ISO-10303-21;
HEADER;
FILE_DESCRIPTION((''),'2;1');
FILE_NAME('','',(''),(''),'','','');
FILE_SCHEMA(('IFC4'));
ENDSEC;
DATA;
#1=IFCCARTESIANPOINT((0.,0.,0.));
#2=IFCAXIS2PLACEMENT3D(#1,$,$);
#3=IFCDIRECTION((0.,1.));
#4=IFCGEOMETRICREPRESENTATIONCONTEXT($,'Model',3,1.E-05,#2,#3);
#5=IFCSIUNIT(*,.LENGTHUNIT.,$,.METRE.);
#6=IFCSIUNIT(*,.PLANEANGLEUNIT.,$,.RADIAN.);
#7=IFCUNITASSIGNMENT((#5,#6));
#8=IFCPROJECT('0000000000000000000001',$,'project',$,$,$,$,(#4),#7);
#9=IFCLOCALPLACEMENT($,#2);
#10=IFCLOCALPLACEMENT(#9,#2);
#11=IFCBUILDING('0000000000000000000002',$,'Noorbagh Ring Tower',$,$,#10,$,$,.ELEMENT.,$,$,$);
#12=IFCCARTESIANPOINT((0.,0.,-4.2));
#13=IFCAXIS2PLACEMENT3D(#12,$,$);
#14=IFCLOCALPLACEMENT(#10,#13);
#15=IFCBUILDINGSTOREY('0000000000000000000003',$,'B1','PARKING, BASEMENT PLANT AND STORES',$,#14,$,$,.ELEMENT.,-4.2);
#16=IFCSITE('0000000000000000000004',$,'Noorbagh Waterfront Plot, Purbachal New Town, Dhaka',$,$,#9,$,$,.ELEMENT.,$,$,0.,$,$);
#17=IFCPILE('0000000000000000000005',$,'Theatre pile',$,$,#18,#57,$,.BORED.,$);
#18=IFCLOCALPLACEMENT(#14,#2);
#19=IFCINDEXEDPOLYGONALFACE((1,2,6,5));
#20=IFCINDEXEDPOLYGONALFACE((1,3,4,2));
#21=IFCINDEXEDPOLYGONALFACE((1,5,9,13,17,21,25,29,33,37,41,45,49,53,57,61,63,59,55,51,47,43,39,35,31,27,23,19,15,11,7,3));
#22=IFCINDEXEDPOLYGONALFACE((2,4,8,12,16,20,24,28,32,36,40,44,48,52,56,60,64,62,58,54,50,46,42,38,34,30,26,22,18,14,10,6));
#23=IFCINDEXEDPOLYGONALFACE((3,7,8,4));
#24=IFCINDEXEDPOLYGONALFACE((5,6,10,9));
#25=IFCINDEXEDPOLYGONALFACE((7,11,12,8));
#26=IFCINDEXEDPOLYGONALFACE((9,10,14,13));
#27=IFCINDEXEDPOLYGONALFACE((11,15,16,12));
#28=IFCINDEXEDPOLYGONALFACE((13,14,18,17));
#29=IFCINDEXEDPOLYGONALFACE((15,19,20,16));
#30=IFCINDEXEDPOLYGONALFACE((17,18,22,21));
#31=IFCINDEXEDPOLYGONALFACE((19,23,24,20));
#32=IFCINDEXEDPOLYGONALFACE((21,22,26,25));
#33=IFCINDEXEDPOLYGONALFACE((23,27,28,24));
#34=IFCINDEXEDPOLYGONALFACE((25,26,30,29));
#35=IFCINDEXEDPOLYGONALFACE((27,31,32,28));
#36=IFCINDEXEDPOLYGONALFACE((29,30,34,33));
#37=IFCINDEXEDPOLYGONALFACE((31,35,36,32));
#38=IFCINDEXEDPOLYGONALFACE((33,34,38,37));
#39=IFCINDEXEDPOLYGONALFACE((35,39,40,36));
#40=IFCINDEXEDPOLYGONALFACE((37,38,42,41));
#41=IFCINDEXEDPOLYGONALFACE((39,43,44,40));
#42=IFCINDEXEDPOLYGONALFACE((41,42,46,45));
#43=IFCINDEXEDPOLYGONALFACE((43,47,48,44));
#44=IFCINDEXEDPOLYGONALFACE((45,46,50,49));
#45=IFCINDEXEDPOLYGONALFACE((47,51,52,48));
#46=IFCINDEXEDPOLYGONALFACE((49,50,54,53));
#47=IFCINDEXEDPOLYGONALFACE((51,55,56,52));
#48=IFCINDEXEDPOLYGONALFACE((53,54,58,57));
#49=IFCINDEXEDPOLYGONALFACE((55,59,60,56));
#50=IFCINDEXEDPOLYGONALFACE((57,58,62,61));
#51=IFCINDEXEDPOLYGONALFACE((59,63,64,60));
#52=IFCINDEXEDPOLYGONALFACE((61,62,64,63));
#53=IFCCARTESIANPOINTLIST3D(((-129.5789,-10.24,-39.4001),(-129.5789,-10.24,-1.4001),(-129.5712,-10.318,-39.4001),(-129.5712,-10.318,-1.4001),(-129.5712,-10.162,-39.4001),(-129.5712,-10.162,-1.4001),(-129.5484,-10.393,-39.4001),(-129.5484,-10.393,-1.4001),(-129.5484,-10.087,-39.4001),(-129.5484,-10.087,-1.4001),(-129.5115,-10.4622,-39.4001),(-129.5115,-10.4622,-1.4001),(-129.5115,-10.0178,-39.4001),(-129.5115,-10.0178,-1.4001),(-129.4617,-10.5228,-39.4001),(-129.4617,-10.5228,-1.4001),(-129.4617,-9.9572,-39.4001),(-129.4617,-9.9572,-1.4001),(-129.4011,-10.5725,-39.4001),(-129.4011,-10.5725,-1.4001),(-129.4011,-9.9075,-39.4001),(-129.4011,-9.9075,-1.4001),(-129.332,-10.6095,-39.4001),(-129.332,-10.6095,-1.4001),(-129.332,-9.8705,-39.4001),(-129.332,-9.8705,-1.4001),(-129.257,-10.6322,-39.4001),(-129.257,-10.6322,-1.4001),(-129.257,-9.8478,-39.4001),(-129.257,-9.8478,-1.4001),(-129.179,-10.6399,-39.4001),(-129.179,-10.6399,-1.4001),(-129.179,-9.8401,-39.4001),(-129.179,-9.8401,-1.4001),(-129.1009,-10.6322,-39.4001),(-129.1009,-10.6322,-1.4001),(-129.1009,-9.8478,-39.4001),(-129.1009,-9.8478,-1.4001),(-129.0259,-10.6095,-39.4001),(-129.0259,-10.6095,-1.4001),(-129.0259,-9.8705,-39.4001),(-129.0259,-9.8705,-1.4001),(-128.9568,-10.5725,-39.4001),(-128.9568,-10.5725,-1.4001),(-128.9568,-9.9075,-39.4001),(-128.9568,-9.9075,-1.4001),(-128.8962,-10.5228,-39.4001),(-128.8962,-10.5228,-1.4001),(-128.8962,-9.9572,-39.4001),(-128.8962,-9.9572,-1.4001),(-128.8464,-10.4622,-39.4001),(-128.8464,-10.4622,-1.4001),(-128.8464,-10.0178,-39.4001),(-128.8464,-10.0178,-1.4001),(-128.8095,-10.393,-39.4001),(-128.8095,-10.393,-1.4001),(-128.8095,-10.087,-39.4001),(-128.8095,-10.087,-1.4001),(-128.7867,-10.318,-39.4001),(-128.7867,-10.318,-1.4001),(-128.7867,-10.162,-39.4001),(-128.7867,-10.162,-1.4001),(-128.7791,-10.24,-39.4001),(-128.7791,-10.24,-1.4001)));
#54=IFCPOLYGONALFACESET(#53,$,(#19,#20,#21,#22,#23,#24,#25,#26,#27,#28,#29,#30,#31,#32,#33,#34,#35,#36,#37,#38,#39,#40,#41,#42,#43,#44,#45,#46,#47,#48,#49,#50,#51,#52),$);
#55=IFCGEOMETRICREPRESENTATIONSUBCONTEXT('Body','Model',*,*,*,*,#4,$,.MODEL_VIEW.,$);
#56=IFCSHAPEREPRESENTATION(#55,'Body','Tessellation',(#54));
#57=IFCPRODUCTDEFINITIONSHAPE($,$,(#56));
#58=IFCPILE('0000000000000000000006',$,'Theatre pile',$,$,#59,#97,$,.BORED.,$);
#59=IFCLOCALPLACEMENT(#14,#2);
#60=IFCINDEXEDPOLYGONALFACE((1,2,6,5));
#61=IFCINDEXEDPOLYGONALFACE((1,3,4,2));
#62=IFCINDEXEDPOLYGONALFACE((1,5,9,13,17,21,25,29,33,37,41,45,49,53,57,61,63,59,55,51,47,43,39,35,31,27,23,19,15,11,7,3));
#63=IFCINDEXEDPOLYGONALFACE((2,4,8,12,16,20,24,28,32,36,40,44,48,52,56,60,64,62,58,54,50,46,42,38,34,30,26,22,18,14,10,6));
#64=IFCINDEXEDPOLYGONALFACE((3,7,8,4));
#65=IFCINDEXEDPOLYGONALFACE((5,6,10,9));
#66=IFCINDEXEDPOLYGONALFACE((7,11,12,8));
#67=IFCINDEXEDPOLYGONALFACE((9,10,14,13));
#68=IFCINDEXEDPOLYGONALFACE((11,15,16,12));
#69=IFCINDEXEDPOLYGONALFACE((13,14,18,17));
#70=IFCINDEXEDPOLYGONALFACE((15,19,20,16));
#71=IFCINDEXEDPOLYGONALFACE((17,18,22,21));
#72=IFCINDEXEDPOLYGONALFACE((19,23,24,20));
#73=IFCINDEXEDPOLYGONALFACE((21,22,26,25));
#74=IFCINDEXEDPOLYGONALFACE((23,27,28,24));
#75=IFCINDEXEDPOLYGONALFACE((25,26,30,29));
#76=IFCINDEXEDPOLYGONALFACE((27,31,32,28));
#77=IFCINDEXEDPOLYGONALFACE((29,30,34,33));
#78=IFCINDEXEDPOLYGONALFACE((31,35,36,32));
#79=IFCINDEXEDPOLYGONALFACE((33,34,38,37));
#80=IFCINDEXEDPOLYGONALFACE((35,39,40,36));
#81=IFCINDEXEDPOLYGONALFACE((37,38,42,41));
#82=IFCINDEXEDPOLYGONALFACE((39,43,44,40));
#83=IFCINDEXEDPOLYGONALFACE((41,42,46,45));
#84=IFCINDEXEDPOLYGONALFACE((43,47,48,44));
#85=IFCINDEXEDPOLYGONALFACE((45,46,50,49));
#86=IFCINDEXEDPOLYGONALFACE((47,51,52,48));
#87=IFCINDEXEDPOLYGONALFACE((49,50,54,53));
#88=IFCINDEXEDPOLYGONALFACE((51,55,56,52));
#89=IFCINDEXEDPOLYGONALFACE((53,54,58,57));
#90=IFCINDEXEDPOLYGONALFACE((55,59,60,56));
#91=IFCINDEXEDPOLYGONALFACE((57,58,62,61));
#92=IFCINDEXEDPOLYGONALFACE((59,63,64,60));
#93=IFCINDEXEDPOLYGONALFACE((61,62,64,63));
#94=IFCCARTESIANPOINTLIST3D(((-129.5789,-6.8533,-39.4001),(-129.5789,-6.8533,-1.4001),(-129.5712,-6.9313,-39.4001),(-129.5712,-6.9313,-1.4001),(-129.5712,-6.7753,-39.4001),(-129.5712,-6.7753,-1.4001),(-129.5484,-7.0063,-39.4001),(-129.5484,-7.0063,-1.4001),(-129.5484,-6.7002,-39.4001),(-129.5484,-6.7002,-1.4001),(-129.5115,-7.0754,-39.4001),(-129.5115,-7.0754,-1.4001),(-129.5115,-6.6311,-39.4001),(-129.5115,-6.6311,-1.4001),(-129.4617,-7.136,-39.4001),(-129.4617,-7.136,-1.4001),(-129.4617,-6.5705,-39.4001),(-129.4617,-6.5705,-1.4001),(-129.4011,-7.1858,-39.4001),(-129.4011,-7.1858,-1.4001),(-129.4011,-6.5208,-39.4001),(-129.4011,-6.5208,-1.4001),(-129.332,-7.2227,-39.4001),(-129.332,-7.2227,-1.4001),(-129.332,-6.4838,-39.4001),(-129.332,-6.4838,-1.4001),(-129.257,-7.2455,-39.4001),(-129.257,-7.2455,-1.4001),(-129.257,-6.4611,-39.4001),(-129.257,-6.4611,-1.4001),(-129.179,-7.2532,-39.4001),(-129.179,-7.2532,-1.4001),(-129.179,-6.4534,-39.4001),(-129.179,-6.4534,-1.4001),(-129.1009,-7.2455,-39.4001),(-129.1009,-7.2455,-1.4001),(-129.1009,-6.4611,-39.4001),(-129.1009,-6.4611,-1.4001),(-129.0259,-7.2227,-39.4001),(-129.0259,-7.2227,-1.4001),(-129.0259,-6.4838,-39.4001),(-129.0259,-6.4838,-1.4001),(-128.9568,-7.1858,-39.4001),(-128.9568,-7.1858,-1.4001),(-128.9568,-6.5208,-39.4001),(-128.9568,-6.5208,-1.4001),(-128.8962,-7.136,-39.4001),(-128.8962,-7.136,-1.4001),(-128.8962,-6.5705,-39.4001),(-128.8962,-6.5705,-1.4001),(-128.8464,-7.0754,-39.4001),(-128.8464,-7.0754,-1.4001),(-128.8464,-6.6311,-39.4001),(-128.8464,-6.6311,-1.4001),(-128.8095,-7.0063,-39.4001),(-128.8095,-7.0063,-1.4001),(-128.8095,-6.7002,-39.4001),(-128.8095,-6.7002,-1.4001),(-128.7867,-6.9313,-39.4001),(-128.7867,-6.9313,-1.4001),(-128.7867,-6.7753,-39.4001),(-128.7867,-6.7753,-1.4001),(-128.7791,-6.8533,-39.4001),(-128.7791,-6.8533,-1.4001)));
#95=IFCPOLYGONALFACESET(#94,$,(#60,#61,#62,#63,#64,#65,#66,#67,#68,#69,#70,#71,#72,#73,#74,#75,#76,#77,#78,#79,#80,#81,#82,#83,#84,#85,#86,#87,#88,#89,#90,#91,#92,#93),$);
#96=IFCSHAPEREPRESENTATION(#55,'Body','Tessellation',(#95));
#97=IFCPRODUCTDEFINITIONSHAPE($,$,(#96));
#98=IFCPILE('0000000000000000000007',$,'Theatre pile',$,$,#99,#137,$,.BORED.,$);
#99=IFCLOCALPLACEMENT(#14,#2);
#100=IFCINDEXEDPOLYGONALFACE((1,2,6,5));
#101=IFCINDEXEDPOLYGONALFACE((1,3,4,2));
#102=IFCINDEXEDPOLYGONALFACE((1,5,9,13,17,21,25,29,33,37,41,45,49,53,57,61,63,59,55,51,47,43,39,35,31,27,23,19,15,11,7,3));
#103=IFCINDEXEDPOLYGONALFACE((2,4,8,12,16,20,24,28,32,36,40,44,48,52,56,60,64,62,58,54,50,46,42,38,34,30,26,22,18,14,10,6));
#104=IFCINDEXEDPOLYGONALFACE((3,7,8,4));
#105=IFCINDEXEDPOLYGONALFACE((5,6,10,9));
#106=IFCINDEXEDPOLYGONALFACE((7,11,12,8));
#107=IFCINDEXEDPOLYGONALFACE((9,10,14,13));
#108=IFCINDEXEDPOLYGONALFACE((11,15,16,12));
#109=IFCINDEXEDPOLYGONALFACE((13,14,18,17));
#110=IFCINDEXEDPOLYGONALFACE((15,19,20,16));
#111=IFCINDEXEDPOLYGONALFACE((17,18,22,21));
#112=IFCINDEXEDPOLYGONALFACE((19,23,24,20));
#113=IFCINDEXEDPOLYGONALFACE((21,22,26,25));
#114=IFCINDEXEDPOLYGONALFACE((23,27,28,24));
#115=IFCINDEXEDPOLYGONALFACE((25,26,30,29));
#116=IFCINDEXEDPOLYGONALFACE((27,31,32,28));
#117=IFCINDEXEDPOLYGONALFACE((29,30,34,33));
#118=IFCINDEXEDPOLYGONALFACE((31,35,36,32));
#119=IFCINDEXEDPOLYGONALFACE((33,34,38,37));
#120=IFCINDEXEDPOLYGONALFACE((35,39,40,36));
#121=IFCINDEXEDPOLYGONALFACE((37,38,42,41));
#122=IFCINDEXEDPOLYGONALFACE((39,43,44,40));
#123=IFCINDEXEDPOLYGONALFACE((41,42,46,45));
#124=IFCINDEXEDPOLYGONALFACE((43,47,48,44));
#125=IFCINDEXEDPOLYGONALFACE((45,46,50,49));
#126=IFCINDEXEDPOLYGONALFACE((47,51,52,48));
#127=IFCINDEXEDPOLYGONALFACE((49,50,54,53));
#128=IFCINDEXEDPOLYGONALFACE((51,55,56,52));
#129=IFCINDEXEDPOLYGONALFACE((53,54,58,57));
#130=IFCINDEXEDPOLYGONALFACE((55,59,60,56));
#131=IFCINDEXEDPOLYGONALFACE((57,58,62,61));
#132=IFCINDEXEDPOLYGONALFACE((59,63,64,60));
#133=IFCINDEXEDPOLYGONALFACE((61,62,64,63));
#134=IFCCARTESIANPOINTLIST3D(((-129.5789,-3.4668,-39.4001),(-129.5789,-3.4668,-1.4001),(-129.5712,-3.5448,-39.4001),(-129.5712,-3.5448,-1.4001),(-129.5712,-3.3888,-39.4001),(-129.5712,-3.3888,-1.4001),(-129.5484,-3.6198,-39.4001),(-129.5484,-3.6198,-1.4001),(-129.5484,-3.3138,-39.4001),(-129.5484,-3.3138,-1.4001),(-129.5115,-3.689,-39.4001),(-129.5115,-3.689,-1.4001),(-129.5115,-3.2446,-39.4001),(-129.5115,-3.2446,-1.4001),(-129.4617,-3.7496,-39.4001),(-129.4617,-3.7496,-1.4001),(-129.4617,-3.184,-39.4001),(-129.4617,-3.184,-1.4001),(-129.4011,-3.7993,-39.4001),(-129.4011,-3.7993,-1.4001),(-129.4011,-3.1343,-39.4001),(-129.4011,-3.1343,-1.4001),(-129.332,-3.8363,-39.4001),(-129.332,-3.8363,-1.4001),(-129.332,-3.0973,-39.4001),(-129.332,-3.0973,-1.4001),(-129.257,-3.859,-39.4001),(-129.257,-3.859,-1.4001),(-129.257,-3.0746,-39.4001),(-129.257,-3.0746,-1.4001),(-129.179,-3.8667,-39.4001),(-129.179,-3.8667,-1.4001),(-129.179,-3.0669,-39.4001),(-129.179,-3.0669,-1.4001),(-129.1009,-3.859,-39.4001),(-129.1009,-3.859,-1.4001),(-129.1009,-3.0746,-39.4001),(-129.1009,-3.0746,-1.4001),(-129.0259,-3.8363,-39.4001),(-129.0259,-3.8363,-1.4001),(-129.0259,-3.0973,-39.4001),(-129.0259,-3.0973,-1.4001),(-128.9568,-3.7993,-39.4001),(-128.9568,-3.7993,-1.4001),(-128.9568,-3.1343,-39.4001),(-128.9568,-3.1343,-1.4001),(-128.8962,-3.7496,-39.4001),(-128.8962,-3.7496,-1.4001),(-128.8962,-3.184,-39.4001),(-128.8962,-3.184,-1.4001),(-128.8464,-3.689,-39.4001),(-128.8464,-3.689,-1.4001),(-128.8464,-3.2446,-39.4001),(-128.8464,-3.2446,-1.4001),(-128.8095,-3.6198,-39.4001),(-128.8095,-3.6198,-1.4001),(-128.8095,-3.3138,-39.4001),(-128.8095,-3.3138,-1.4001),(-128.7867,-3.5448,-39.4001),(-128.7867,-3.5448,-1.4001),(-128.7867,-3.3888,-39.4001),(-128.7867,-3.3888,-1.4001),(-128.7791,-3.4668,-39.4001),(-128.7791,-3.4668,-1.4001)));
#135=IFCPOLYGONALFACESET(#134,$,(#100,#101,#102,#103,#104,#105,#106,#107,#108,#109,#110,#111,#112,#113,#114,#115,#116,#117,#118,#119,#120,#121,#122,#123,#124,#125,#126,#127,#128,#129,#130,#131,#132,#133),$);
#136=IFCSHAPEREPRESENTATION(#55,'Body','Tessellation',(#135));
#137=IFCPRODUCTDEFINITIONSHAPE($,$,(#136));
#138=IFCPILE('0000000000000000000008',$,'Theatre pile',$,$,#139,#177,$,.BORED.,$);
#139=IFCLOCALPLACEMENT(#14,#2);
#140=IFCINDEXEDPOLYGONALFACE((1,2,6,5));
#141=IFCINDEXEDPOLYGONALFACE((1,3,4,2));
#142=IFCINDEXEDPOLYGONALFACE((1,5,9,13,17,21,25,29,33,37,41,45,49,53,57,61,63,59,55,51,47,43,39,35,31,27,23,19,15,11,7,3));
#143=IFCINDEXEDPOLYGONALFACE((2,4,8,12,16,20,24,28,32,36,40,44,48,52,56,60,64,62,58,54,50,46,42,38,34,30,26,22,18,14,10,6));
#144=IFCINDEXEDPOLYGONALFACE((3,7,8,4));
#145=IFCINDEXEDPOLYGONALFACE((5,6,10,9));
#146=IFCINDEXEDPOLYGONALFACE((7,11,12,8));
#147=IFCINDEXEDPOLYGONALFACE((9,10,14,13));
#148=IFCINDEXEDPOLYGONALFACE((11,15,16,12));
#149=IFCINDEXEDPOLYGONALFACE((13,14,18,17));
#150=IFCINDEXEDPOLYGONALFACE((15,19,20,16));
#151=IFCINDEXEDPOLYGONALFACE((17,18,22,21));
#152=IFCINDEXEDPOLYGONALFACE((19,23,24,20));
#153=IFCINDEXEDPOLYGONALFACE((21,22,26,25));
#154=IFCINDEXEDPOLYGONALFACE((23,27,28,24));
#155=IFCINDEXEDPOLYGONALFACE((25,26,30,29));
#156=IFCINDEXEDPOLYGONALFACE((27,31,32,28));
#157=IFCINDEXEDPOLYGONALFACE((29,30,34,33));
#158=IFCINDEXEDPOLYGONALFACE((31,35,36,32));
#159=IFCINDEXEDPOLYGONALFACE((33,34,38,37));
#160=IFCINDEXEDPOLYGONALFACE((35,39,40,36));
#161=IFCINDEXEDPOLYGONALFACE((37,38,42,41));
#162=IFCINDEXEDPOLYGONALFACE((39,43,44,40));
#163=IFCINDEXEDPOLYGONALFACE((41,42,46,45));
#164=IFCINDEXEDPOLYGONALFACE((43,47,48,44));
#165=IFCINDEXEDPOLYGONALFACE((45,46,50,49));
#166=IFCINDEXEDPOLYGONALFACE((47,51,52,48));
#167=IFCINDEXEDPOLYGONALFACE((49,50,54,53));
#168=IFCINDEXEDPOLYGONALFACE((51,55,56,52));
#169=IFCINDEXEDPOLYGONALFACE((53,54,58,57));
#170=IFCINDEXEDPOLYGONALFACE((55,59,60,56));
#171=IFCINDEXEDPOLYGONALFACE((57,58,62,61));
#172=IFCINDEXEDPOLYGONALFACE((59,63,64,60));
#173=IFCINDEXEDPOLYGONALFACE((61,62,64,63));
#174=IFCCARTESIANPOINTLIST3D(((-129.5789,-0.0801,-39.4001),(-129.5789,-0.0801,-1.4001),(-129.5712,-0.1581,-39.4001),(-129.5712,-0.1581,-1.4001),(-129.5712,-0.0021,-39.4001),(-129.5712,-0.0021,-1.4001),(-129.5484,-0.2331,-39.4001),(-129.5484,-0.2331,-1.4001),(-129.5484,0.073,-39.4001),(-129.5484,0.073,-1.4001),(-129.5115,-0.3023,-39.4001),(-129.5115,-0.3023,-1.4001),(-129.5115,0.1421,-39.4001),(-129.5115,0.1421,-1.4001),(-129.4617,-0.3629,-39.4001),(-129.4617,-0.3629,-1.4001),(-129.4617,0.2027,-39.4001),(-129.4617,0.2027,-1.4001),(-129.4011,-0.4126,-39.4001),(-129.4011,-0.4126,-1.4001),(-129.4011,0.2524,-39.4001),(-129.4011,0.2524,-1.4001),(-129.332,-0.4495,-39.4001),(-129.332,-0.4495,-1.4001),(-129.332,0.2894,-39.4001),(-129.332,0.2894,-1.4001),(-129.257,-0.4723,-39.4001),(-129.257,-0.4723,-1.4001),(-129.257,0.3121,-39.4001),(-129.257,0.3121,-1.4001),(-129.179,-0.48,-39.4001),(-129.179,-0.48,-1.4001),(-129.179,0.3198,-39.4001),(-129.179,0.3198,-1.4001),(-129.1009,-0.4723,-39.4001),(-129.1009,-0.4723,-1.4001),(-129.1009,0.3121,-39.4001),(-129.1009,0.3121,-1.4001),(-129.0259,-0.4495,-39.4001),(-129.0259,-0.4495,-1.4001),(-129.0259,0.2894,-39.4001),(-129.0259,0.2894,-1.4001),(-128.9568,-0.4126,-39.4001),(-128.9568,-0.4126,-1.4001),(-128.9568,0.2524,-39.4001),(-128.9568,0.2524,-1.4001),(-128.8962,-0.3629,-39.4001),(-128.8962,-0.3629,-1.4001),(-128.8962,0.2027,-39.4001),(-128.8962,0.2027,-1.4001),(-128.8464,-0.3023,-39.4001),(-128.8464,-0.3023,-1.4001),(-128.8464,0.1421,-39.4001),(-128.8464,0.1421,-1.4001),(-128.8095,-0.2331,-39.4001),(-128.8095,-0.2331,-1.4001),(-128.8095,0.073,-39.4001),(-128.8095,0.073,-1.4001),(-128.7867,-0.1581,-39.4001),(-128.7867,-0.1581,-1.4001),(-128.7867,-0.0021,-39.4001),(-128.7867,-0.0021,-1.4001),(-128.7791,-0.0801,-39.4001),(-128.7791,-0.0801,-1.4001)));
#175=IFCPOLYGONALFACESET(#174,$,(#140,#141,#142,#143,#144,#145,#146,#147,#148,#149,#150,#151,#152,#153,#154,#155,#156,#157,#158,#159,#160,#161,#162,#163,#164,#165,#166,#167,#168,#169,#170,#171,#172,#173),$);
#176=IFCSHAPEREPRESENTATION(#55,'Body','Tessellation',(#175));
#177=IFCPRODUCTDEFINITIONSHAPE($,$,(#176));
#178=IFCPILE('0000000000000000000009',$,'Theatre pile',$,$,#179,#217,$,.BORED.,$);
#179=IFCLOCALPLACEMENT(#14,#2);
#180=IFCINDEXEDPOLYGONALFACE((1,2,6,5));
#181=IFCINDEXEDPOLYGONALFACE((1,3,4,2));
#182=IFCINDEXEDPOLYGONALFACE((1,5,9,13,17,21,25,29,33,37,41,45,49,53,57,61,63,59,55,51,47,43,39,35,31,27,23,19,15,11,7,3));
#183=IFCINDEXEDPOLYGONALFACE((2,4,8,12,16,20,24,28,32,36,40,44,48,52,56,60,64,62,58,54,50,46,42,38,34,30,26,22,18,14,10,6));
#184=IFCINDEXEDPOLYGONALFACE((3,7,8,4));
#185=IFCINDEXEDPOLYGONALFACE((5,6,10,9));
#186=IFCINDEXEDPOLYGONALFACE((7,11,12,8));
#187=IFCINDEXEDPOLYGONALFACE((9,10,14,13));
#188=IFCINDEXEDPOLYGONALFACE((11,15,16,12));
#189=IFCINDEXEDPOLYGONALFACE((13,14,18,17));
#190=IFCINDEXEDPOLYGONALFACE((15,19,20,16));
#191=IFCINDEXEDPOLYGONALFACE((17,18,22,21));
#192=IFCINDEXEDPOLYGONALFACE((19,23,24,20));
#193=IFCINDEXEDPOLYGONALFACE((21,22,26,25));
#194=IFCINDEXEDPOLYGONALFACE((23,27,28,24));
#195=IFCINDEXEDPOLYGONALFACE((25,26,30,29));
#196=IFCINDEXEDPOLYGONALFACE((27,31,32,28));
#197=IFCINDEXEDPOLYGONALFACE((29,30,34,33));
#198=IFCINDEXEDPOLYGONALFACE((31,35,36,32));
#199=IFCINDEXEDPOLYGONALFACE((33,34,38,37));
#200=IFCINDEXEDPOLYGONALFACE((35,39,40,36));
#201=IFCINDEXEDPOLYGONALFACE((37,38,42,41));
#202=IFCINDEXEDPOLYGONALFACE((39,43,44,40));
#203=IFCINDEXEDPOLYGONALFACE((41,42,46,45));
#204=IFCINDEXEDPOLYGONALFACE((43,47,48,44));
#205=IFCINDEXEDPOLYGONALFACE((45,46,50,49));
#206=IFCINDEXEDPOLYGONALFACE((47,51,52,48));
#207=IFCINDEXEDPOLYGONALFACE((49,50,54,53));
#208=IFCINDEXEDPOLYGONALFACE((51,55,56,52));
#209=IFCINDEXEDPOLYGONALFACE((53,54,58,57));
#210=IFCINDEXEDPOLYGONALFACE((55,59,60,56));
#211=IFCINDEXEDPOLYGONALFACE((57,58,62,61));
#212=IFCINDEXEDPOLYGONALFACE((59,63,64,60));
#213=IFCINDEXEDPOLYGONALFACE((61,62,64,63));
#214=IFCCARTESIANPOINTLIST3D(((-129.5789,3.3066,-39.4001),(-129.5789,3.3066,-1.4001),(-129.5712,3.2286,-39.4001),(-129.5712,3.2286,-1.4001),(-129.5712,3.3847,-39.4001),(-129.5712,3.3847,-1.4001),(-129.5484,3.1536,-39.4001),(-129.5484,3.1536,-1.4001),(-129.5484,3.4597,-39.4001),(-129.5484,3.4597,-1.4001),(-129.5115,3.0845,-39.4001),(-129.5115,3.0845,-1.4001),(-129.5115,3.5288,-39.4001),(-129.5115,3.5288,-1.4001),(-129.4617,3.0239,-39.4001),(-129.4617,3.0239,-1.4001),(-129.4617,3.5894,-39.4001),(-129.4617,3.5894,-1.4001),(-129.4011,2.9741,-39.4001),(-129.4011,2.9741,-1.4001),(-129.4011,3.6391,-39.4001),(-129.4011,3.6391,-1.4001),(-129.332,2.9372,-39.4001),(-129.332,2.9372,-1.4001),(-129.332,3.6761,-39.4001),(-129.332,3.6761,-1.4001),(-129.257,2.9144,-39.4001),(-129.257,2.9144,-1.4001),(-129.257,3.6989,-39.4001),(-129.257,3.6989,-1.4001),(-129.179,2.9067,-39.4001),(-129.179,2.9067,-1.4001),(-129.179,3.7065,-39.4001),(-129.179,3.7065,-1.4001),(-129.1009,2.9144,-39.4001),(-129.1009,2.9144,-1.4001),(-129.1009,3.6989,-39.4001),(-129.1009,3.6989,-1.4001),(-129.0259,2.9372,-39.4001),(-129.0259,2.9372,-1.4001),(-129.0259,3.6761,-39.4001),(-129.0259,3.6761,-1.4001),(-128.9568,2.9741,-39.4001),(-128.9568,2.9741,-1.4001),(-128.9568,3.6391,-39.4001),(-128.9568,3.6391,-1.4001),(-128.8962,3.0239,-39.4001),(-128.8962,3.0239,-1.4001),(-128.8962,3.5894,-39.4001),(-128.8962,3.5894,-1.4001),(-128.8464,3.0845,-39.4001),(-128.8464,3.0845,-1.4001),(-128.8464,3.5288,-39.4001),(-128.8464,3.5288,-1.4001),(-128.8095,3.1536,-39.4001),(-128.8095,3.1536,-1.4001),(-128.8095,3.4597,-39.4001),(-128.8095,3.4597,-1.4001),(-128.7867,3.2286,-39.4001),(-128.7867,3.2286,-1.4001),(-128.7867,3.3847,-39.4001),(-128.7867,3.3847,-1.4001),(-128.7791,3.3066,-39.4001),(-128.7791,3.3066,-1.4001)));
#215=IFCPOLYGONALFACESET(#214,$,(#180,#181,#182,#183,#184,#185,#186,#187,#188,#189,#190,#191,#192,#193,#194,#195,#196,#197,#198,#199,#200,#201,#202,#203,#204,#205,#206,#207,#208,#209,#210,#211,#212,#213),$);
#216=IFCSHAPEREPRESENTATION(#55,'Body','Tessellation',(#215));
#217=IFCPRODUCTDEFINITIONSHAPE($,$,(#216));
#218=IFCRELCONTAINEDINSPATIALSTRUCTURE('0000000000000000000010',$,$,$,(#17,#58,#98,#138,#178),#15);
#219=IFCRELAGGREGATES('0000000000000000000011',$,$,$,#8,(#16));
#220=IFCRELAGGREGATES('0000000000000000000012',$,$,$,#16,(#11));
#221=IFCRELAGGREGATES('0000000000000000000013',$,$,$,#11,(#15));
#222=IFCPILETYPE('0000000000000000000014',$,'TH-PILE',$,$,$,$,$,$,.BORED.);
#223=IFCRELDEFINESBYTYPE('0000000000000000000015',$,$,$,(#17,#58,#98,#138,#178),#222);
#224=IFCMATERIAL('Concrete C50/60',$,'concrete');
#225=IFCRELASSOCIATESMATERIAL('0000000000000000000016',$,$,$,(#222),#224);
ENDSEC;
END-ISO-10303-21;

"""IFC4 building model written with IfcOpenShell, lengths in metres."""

from ifc_helpers import new_model, si_unit, direction, frame, origin, origin_2d, place, context, subcontext, project, spatial, circle, extrude, material, material_profile, profile_set, type_object, element, save


model = new_model("IFC4")

# Units and contexts
model_context = context("Model", 3, precision=1e-05, world=origin(), true_north=direction((0.0, 1.0)))
body_context = subcontext(model_context, "Body", "Model", "MODEL_VIEW")
ifc_project = project(units=[si_unit("LENGTHUNIT", "METRE"), si_unit("PLANEANGLEUNIT", "RADIAN")], contexts=[model_context])

# Site, building, storey
site_placement = place(None, origin())
site = spatial("IfcSite", under=ifc_project, at=site_placement, Name="Noorbagh Waterfront Plot, Purbachal New Town, Dhaka", CompositionType="ELEMENT", RefElevation=0.0)
building_placement = place(site_placement, origin())
building = spatial("IfcBuilding", under=site, at=building_placement, Name="Noorbagh Ring Tower", CompositionType="ELEMENT")
storey_placement = place(building_placement, frame((0.0, 0.0, -4.2)))
storey = spatial("IfcBuildingStorey", under=building, at=storey_placement, Name="B1", Description="PARKING, BASEMENT PLANT AND STORES", CompositionType="ELEMENT", Elevation=-4.2)

# Piles
ifc_material_1 = material(Name="Concrete C50/60", Category="concrete")
ifc_material_profile = material_profile(ifc_material_1, circle(Radius=0.3999, at=origin_2d()), Name="PILE800")
ifc_profile_set = profile_set([ifc_material_profile], Name="Concrete C50/60")
pile_type = type_object("IfcPileType", Name="TH-PILE", PredefinedType="BORED", material=ifc_profile_set)
for number, where, z_axis, x_axis, name in (
    (1, (-129.179, -10.24, -1.4001), (0.0, 0.0, -1.0), (1.0, 0.0, 0.0), "Theatre pile"),
    (2, (-129.179, -6.8533, -1.4001), (0.0, 0.0, -1.0), (1.0, 0.0, 0.0), "Theatre pile"),
    (3, (-129.179, -3.4668, -1.4001), (0.0, 0.0, -1.0), (1.0, 0.0, 0.0), "Theatre pile"),
    (4, (-129.179, -0.0801, -1.4001), (0.0, 0.0, -1.0), (1.0, 0.0, 0.0), "Theatre pile"),
    (5, (-129.179, 3.3066, -1.4001), (0.0, 0.0, -1.0), (1.0, 0.0, 0.0), "Theatre pile"),
):
    element("IfcPile", number, at=place(storey_placement, frame(where, z_axis=z_axis, x_axis=x_axis)), inside=storey, type_object=pile_type, Name=name, PredefinedType="BORED", context=body_context, shape_type="SweptSolid", body=[
        extrude(circle(Radius=0.3999, at=origin_2d()), origin(), (0.0, 0.0, 1.0), 38.0),
    ])

save(model, "model.ifc")
